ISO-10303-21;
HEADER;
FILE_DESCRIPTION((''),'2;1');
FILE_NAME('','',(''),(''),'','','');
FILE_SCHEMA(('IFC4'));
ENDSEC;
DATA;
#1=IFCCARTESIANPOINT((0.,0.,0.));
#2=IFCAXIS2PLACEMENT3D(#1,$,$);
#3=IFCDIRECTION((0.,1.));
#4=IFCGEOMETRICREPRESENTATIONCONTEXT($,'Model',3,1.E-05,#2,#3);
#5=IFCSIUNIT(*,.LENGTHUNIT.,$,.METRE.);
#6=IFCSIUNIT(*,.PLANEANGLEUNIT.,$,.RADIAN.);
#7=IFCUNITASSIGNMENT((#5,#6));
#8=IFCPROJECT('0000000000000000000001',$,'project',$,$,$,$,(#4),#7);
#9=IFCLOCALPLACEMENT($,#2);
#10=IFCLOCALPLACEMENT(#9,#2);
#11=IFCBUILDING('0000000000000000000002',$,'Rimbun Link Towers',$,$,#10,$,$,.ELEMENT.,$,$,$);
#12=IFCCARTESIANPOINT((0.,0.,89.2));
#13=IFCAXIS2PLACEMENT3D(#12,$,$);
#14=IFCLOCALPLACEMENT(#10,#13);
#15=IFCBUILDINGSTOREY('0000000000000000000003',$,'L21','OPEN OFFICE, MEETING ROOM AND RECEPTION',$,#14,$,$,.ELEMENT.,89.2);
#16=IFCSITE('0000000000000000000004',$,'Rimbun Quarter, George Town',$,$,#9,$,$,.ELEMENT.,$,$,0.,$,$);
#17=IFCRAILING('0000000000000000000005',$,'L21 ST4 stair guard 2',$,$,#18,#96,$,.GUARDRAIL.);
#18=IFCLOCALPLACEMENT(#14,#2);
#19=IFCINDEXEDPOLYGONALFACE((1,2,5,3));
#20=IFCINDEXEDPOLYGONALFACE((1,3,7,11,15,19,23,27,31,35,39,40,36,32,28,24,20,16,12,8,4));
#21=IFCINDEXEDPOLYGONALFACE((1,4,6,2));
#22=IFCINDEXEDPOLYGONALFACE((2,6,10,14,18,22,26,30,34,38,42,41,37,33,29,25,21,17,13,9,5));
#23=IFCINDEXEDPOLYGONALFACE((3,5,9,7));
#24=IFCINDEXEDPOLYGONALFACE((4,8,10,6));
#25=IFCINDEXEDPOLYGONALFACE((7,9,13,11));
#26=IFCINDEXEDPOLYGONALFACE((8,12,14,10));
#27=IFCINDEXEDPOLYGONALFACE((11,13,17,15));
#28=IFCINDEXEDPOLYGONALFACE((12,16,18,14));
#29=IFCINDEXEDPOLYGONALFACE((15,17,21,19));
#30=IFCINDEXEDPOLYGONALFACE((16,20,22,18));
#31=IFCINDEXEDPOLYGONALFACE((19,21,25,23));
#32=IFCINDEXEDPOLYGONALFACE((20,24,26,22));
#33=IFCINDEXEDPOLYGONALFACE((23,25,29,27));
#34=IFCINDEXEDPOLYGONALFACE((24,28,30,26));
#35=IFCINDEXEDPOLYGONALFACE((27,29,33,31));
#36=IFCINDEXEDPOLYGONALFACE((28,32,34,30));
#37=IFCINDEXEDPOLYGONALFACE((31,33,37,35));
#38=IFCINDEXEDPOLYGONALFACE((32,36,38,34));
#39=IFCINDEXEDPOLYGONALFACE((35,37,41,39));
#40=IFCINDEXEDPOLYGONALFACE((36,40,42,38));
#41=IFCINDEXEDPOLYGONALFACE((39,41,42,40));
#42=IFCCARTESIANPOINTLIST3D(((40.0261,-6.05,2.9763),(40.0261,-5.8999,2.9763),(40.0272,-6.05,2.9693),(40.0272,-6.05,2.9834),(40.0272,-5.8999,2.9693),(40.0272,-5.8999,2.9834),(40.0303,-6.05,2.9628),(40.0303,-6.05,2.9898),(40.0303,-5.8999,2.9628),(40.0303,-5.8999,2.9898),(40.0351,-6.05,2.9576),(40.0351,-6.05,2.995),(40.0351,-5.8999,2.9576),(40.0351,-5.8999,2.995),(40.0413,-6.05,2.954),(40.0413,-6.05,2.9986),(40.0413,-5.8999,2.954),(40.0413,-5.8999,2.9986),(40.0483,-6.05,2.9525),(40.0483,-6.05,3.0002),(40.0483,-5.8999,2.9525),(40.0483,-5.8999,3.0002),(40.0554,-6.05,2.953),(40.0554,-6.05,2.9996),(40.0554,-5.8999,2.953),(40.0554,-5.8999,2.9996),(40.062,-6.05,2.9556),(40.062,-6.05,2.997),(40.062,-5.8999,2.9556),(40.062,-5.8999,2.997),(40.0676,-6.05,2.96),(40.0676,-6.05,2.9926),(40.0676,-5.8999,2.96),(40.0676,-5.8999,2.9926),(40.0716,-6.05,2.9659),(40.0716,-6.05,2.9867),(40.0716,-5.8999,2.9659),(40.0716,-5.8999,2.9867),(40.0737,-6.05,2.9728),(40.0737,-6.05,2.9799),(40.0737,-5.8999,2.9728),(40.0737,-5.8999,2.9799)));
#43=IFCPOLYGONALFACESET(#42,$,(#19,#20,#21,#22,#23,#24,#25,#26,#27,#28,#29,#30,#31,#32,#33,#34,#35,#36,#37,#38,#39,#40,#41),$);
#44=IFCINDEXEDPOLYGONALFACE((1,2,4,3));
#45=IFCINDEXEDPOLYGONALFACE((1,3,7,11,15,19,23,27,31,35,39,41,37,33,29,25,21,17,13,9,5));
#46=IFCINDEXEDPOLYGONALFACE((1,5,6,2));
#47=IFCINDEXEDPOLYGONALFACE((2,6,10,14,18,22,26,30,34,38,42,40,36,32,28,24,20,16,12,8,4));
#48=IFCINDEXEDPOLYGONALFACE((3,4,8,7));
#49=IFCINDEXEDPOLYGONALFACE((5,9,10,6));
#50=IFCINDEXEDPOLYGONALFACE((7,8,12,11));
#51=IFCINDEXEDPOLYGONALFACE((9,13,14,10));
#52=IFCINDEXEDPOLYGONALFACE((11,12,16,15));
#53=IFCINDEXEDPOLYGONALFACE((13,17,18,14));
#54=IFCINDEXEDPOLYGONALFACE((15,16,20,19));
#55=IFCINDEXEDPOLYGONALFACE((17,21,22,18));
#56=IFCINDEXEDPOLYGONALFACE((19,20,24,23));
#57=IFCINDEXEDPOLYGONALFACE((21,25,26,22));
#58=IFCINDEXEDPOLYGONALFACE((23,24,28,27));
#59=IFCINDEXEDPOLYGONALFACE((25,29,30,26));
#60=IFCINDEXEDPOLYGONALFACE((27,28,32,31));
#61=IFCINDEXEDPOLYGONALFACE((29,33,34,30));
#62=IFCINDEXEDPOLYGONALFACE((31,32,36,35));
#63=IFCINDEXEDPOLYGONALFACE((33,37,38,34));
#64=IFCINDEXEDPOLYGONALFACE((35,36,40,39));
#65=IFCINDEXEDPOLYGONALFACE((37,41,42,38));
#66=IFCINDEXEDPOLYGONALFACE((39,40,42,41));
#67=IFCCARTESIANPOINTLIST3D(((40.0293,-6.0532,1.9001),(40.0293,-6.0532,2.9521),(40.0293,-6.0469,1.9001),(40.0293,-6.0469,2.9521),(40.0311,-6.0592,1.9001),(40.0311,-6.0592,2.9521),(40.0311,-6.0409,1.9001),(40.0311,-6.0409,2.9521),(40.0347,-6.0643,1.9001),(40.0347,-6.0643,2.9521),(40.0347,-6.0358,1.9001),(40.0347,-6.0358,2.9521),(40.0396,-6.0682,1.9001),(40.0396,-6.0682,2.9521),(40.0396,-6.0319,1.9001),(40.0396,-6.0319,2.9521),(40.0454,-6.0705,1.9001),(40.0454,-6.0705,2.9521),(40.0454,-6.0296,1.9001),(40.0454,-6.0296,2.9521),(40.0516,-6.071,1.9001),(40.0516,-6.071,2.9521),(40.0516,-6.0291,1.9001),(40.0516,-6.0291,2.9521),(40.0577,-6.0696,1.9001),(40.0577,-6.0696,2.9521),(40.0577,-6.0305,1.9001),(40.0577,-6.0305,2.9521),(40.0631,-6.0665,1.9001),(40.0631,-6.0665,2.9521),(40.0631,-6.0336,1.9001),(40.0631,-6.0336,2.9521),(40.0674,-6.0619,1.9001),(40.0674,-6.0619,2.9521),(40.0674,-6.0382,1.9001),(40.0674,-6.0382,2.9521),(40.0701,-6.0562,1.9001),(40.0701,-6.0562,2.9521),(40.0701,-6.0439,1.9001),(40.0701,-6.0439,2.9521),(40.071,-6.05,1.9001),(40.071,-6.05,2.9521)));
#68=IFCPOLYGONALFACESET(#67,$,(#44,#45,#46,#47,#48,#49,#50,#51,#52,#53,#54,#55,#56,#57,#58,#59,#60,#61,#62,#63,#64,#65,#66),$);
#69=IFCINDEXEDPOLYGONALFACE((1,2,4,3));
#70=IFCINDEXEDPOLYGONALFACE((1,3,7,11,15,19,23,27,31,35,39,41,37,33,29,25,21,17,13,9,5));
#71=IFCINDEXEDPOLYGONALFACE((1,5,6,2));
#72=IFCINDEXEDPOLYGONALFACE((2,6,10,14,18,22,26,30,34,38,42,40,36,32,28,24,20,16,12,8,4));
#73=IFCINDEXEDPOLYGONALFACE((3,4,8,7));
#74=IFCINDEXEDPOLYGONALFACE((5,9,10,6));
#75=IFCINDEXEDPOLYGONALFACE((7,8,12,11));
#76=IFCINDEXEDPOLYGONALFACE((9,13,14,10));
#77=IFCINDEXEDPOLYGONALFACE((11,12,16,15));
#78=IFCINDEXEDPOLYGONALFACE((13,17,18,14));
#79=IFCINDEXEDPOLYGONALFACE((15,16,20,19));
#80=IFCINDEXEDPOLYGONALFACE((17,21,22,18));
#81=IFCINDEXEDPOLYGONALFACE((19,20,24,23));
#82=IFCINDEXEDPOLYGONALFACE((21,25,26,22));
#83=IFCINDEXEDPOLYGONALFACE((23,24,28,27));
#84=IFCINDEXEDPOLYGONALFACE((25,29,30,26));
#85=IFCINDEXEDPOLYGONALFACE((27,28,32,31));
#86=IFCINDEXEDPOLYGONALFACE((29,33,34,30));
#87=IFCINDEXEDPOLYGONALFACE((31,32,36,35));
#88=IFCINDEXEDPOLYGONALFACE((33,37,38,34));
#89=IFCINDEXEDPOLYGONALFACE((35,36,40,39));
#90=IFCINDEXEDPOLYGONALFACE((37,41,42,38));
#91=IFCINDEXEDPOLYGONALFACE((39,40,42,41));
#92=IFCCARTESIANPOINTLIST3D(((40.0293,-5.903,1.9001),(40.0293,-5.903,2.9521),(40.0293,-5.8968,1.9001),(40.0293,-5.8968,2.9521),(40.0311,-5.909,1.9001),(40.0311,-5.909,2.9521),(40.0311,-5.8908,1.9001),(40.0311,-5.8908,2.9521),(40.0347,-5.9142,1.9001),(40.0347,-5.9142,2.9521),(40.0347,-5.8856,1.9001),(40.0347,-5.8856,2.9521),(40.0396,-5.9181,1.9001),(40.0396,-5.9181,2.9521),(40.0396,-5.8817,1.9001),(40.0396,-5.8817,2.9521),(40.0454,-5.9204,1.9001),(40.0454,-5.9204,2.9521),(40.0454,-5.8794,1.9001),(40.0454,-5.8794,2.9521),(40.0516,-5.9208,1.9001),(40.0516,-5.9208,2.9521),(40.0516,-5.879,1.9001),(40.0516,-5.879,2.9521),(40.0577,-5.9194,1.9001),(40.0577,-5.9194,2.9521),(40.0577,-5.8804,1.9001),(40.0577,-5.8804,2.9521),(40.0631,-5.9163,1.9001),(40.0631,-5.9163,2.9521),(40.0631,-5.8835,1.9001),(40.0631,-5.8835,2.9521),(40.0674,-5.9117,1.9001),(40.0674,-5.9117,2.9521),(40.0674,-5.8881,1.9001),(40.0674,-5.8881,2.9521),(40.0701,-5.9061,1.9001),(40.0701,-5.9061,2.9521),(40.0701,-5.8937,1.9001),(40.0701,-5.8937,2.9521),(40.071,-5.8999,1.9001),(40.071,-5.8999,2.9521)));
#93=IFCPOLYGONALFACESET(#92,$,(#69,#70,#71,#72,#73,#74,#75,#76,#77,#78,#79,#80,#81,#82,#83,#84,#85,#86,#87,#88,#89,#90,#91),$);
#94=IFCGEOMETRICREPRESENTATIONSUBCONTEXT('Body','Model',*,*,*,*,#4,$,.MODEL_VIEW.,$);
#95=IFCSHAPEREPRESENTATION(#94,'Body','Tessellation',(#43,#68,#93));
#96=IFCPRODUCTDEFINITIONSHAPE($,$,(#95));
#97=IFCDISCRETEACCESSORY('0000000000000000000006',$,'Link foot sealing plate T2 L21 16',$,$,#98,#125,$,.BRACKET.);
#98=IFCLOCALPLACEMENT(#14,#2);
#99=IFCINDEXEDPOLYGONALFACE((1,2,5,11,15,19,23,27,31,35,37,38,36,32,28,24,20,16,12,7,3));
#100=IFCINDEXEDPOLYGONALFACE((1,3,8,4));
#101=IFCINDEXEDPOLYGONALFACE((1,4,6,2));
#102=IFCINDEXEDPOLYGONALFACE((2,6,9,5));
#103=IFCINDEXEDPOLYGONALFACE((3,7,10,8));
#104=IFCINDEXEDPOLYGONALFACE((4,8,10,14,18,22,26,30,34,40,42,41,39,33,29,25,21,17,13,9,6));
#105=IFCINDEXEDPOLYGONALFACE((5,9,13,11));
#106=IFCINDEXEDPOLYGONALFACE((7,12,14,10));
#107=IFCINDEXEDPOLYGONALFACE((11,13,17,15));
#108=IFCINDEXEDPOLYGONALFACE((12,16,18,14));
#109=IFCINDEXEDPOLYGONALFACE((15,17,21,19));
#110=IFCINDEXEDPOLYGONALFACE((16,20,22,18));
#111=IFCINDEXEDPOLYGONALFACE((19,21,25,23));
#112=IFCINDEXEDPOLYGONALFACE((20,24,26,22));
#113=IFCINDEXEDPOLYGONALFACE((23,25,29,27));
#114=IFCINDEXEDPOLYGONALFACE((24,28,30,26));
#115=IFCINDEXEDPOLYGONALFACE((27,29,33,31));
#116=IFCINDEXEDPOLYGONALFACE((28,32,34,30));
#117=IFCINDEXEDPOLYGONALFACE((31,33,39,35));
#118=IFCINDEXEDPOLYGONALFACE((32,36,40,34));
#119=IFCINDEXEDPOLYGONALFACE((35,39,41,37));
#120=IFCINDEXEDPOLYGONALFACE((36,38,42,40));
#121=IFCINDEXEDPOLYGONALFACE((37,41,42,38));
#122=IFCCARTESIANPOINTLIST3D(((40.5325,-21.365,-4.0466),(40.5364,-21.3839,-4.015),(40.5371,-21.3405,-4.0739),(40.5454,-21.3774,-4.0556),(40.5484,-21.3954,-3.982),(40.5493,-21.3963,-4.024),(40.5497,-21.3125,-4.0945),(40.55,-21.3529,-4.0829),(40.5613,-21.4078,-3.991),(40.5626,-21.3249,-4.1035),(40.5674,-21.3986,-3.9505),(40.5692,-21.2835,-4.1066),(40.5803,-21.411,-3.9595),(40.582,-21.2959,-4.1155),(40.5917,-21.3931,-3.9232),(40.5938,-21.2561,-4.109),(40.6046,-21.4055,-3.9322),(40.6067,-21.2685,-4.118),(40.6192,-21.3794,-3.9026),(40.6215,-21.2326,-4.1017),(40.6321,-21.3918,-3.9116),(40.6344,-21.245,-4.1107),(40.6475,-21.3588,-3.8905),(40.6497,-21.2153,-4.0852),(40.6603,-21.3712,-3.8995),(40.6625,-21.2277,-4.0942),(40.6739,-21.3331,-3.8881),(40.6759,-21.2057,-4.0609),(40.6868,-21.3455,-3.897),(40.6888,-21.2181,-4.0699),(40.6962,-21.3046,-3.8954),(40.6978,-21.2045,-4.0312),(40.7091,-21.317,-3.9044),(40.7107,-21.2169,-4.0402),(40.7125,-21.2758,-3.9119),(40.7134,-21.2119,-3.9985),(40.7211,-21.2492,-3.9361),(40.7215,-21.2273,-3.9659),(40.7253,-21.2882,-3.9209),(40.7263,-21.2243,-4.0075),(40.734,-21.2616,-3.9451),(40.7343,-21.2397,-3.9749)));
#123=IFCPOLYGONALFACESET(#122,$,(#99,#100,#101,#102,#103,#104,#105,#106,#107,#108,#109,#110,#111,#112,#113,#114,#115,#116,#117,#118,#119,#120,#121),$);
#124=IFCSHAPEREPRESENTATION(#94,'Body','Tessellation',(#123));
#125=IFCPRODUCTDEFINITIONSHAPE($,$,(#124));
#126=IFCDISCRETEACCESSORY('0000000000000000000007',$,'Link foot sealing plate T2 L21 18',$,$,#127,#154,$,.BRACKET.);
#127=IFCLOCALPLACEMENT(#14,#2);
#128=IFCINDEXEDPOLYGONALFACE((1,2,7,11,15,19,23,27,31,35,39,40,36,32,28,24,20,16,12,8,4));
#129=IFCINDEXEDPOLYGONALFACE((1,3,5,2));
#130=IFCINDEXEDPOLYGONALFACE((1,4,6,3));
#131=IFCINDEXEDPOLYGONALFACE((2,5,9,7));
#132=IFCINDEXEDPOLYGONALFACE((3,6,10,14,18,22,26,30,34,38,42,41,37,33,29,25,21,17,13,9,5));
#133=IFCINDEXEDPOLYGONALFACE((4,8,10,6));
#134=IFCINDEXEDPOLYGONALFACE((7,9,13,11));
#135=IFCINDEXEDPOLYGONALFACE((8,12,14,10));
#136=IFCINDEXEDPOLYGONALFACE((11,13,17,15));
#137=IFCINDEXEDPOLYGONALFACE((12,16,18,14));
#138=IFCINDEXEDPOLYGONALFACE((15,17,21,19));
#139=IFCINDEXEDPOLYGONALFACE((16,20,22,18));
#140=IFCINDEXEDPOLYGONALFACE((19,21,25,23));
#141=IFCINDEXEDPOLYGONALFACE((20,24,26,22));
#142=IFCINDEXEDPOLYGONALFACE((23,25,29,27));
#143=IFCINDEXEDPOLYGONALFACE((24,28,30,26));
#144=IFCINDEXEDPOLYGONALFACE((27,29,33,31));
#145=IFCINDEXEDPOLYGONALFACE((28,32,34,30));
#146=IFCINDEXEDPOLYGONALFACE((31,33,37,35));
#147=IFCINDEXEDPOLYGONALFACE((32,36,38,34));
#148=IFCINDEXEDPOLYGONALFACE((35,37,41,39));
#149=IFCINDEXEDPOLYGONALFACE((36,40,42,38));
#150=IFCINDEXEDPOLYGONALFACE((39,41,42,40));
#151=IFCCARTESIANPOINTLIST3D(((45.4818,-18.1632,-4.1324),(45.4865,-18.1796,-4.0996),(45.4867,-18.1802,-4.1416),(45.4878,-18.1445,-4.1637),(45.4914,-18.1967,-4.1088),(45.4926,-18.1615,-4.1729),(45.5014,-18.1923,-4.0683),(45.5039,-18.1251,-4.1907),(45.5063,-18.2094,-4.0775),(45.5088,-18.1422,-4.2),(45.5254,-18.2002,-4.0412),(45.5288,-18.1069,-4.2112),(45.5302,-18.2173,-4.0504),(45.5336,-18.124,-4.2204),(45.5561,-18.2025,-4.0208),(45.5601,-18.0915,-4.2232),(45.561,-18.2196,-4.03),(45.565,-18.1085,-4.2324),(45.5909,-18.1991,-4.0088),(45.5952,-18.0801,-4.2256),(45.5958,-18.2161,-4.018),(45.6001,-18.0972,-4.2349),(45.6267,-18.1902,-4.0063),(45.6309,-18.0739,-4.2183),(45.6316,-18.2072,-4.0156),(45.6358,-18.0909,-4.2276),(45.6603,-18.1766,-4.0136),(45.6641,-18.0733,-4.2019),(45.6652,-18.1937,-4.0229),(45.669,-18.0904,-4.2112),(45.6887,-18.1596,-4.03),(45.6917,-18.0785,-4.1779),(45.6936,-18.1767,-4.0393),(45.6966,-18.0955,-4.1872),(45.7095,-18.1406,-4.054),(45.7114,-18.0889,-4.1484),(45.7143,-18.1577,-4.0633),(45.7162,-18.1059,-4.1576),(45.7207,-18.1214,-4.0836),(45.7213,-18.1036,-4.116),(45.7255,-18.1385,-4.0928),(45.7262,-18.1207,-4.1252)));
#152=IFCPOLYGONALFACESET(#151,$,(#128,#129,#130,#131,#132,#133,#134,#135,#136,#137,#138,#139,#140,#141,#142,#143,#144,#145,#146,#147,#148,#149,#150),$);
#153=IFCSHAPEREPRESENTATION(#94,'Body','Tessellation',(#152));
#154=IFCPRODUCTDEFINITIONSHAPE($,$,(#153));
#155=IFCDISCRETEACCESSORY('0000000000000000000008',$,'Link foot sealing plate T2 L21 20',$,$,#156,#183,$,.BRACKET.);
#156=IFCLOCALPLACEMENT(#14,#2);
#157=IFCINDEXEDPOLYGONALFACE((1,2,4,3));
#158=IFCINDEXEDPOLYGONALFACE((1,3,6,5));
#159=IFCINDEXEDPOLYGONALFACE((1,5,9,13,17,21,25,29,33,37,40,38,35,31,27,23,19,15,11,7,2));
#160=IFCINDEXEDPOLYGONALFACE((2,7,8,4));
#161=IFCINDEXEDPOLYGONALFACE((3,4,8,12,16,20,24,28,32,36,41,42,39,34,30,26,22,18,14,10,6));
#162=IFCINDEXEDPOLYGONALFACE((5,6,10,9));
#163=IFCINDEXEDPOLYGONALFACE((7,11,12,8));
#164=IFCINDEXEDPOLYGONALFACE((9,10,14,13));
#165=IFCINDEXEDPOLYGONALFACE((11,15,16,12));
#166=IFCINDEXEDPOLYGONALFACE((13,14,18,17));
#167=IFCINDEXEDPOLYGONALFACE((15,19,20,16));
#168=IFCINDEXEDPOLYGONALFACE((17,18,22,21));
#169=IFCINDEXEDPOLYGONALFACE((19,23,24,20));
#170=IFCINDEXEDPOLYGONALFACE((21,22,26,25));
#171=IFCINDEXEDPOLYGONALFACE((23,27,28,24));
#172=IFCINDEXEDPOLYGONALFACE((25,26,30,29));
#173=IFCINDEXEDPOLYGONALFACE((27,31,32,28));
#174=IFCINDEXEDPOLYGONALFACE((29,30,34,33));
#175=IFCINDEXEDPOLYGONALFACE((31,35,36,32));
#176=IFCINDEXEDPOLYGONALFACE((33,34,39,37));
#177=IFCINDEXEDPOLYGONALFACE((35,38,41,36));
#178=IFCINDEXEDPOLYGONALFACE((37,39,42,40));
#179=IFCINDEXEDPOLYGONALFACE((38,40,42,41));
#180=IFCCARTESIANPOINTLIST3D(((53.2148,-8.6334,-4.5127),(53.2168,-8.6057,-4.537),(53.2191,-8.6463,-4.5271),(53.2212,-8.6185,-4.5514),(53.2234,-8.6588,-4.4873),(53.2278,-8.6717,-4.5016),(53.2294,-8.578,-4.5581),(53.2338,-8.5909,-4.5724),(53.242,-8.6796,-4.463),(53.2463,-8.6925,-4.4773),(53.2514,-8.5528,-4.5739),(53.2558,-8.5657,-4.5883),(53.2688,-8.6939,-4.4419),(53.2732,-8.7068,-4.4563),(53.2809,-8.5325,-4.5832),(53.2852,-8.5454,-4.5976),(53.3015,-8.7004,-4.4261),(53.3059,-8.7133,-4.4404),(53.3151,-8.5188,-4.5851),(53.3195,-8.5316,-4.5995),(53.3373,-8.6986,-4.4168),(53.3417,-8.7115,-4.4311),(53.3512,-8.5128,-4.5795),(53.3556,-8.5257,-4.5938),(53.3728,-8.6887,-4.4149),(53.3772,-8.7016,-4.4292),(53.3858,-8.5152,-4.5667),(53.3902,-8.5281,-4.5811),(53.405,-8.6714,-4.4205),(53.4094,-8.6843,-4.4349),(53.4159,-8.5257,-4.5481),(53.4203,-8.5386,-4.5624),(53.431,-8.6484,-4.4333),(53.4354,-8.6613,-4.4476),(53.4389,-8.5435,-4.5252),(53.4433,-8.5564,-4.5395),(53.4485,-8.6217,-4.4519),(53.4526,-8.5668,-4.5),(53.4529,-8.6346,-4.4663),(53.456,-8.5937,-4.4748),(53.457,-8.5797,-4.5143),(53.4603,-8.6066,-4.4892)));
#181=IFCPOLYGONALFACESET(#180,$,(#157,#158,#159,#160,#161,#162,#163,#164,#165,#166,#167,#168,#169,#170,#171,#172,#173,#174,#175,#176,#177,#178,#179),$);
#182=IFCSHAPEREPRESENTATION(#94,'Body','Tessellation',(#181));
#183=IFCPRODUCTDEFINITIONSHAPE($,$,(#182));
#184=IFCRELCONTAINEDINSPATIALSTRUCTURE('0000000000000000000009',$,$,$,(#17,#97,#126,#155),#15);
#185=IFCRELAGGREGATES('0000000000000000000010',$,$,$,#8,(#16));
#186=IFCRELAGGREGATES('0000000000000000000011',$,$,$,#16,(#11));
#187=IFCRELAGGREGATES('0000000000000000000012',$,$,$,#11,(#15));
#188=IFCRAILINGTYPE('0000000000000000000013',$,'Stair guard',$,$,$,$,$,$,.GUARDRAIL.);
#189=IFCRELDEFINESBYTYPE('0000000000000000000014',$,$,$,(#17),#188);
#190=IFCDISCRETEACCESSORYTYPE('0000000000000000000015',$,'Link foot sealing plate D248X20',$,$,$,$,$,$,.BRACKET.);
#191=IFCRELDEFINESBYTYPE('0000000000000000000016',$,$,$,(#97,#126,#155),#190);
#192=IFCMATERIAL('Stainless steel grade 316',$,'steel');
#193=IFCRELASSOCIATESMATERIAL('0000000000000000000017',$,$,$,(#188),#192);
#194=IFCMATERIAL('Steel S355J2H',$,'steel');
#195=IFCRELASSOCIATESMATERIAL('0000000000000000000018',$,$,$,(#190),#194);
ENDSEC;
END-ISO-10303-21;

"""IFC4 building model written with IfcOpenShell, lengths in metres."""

from ifc_helpers import new_model, si_unit, direction, frame, origin, origin_2d, place, context, subcontext, project, spatial, circle, extrude, material, material_profile, profile_set, type_object, element, save


model = new_model("IFC4")

# Units and contexts
model_context = context("Model", 3, precision=1e-05, world=origin(), true_north=direction((0.0, 1.0)))
body_context = subcontext(model_context, "Body", "Model", "MODEL_VIEW")
ifc_project = project(units=[si_unit("LENGTHUNIT", "METRE"), si_unit("PLANEANGLEUNIT", "RADIAN")], contexts=[model_context])

# Site, building, storey
site_placement = place(None, origin())
site = spatial("IfcSite", under=ifc_project, at=site_placement, Name="Rimbun Quarter, George Town", CompositionType="ELEMENT", RefElevation=0.0)
building_placement = place(site_placement, origin())
building = spatial("IfcBuilding", under=site, at=building_placement, Name="Rimbun Link Towers", CompositionType="ELEMENT")
storey_placement = place(building_placement, frame((0.0, 0.0, 89.2)))
storey = spatial("IfcBuildingStorey", under=building, at=storey_placement, Name="L21", Description="OPEN OFFICE, MEETING ROOM AND RECEPTION", CompositionType="ELEMENT", Elevation=89.2)

# Railing
ifc_material_1 = material(Name="Stainless steel grade 316", Category="steel")
railing_type = type_object("IfcRailingType", Name="Stair guard", PredefinedType="GUARDRAIL", material=ifc_material_1)
railing_placement = place(storey_placement, frame((40.05, -6.05, 1.9001)))
element("IfcRailing", 1, at=railing_placement, inside=storey, type_object=railing_type, Name="L21 ST4 stair guard 2", PredefinedType="GUARDRAIL", context=body_context, shape_type="SweptSolid", body=[
    extrude(circle(Radius=0.0239, at=origin_2d()), frame((0.0, 0.0, 1.0762), z_axis=(0.0, 1.0, 0.0), x_axis=(-1.0, 0.0, 0.0)), (0.0, 0.0, 1.0), 0.1501),
    extrude(circle(Radius=0.021, at=origin_2d()), origin(), (0.0, 0.0, 1.0), 1.052),
    extrude(circle(Radius=0.021, at=origin_2d()), frame((0.0, 0.1501, 0.0)), (0.0, 0.0, 1.0), 1.052),
])

# Discrete accessories
ifc_material_2 = material(Name="Steel S355J2H", Category="steel")
ifc_material_profile_1 = material_profile(ifc_material_2, circle(Radius=0.124, at=origin_2d()), Name="PL D248")
ifc_profile_set_1 = profile_set([ifc_material_profile_1], Name="Steel S355J2H")
discrete_accessory_type = type_object("IfcDiscreteAccessoryType", Name="Link foot sealing plate D248X20", PredefinedType="BRACKET", material=ifc_profile_set_1)
for number, where, z_axis, x_axis, name in (
    (2, (40.6274, -21.3013, -3.9985), (0.643714, -0.619423, -0.449385), (0.69338, 0.720572, 0.0), "Link foot sealing plate T2 L21 16"),
    (3, (45.6021, -18.1377, -4.116), (0.243541, -0.852392, -0.462727), (0.961524, 0.274721, 0.0), "Link foot sealing plate T2 L21 18"),
):
    element("IfcDiscreteAccessory", number, at=place(storey_placement, frame(where, z_axis=z_axis, x_axis=x_axis)), inside=storey, type_object=discrete_accessory_type, Name=name, PredefinedType="BRACKET", context=body_context, shape_type="SweptSolid", body=[
        extrude(circle(Radius=0.124, at=origin_2d()), origin(), (0.0, 0.0, 1.0), 0.02),
    ])
discrete_accessory_placement = place(storey_placement, frame((53.3352, -8.6067, -4.5), z_axis=(0.22133, -0.651694, -0.725471), x_axis=(0.946882, 0.321582, 0.0)))
element("IfcDiscreteAccessory", 4, at=discrete_accessory_placement, inside=storey, type_object=discrete_accessory_type, Name="Link foot sealing plate T2 L21 20", PredefinedType="BRACKET", context=body_context, shape_type="SweptSolid", body=[
    extrude(circle(Radius=0.124, at=origin_2d()), origin(), (0.0, 0.0, 1.0), 0.0198),
])

save(model, "model.ifc")
